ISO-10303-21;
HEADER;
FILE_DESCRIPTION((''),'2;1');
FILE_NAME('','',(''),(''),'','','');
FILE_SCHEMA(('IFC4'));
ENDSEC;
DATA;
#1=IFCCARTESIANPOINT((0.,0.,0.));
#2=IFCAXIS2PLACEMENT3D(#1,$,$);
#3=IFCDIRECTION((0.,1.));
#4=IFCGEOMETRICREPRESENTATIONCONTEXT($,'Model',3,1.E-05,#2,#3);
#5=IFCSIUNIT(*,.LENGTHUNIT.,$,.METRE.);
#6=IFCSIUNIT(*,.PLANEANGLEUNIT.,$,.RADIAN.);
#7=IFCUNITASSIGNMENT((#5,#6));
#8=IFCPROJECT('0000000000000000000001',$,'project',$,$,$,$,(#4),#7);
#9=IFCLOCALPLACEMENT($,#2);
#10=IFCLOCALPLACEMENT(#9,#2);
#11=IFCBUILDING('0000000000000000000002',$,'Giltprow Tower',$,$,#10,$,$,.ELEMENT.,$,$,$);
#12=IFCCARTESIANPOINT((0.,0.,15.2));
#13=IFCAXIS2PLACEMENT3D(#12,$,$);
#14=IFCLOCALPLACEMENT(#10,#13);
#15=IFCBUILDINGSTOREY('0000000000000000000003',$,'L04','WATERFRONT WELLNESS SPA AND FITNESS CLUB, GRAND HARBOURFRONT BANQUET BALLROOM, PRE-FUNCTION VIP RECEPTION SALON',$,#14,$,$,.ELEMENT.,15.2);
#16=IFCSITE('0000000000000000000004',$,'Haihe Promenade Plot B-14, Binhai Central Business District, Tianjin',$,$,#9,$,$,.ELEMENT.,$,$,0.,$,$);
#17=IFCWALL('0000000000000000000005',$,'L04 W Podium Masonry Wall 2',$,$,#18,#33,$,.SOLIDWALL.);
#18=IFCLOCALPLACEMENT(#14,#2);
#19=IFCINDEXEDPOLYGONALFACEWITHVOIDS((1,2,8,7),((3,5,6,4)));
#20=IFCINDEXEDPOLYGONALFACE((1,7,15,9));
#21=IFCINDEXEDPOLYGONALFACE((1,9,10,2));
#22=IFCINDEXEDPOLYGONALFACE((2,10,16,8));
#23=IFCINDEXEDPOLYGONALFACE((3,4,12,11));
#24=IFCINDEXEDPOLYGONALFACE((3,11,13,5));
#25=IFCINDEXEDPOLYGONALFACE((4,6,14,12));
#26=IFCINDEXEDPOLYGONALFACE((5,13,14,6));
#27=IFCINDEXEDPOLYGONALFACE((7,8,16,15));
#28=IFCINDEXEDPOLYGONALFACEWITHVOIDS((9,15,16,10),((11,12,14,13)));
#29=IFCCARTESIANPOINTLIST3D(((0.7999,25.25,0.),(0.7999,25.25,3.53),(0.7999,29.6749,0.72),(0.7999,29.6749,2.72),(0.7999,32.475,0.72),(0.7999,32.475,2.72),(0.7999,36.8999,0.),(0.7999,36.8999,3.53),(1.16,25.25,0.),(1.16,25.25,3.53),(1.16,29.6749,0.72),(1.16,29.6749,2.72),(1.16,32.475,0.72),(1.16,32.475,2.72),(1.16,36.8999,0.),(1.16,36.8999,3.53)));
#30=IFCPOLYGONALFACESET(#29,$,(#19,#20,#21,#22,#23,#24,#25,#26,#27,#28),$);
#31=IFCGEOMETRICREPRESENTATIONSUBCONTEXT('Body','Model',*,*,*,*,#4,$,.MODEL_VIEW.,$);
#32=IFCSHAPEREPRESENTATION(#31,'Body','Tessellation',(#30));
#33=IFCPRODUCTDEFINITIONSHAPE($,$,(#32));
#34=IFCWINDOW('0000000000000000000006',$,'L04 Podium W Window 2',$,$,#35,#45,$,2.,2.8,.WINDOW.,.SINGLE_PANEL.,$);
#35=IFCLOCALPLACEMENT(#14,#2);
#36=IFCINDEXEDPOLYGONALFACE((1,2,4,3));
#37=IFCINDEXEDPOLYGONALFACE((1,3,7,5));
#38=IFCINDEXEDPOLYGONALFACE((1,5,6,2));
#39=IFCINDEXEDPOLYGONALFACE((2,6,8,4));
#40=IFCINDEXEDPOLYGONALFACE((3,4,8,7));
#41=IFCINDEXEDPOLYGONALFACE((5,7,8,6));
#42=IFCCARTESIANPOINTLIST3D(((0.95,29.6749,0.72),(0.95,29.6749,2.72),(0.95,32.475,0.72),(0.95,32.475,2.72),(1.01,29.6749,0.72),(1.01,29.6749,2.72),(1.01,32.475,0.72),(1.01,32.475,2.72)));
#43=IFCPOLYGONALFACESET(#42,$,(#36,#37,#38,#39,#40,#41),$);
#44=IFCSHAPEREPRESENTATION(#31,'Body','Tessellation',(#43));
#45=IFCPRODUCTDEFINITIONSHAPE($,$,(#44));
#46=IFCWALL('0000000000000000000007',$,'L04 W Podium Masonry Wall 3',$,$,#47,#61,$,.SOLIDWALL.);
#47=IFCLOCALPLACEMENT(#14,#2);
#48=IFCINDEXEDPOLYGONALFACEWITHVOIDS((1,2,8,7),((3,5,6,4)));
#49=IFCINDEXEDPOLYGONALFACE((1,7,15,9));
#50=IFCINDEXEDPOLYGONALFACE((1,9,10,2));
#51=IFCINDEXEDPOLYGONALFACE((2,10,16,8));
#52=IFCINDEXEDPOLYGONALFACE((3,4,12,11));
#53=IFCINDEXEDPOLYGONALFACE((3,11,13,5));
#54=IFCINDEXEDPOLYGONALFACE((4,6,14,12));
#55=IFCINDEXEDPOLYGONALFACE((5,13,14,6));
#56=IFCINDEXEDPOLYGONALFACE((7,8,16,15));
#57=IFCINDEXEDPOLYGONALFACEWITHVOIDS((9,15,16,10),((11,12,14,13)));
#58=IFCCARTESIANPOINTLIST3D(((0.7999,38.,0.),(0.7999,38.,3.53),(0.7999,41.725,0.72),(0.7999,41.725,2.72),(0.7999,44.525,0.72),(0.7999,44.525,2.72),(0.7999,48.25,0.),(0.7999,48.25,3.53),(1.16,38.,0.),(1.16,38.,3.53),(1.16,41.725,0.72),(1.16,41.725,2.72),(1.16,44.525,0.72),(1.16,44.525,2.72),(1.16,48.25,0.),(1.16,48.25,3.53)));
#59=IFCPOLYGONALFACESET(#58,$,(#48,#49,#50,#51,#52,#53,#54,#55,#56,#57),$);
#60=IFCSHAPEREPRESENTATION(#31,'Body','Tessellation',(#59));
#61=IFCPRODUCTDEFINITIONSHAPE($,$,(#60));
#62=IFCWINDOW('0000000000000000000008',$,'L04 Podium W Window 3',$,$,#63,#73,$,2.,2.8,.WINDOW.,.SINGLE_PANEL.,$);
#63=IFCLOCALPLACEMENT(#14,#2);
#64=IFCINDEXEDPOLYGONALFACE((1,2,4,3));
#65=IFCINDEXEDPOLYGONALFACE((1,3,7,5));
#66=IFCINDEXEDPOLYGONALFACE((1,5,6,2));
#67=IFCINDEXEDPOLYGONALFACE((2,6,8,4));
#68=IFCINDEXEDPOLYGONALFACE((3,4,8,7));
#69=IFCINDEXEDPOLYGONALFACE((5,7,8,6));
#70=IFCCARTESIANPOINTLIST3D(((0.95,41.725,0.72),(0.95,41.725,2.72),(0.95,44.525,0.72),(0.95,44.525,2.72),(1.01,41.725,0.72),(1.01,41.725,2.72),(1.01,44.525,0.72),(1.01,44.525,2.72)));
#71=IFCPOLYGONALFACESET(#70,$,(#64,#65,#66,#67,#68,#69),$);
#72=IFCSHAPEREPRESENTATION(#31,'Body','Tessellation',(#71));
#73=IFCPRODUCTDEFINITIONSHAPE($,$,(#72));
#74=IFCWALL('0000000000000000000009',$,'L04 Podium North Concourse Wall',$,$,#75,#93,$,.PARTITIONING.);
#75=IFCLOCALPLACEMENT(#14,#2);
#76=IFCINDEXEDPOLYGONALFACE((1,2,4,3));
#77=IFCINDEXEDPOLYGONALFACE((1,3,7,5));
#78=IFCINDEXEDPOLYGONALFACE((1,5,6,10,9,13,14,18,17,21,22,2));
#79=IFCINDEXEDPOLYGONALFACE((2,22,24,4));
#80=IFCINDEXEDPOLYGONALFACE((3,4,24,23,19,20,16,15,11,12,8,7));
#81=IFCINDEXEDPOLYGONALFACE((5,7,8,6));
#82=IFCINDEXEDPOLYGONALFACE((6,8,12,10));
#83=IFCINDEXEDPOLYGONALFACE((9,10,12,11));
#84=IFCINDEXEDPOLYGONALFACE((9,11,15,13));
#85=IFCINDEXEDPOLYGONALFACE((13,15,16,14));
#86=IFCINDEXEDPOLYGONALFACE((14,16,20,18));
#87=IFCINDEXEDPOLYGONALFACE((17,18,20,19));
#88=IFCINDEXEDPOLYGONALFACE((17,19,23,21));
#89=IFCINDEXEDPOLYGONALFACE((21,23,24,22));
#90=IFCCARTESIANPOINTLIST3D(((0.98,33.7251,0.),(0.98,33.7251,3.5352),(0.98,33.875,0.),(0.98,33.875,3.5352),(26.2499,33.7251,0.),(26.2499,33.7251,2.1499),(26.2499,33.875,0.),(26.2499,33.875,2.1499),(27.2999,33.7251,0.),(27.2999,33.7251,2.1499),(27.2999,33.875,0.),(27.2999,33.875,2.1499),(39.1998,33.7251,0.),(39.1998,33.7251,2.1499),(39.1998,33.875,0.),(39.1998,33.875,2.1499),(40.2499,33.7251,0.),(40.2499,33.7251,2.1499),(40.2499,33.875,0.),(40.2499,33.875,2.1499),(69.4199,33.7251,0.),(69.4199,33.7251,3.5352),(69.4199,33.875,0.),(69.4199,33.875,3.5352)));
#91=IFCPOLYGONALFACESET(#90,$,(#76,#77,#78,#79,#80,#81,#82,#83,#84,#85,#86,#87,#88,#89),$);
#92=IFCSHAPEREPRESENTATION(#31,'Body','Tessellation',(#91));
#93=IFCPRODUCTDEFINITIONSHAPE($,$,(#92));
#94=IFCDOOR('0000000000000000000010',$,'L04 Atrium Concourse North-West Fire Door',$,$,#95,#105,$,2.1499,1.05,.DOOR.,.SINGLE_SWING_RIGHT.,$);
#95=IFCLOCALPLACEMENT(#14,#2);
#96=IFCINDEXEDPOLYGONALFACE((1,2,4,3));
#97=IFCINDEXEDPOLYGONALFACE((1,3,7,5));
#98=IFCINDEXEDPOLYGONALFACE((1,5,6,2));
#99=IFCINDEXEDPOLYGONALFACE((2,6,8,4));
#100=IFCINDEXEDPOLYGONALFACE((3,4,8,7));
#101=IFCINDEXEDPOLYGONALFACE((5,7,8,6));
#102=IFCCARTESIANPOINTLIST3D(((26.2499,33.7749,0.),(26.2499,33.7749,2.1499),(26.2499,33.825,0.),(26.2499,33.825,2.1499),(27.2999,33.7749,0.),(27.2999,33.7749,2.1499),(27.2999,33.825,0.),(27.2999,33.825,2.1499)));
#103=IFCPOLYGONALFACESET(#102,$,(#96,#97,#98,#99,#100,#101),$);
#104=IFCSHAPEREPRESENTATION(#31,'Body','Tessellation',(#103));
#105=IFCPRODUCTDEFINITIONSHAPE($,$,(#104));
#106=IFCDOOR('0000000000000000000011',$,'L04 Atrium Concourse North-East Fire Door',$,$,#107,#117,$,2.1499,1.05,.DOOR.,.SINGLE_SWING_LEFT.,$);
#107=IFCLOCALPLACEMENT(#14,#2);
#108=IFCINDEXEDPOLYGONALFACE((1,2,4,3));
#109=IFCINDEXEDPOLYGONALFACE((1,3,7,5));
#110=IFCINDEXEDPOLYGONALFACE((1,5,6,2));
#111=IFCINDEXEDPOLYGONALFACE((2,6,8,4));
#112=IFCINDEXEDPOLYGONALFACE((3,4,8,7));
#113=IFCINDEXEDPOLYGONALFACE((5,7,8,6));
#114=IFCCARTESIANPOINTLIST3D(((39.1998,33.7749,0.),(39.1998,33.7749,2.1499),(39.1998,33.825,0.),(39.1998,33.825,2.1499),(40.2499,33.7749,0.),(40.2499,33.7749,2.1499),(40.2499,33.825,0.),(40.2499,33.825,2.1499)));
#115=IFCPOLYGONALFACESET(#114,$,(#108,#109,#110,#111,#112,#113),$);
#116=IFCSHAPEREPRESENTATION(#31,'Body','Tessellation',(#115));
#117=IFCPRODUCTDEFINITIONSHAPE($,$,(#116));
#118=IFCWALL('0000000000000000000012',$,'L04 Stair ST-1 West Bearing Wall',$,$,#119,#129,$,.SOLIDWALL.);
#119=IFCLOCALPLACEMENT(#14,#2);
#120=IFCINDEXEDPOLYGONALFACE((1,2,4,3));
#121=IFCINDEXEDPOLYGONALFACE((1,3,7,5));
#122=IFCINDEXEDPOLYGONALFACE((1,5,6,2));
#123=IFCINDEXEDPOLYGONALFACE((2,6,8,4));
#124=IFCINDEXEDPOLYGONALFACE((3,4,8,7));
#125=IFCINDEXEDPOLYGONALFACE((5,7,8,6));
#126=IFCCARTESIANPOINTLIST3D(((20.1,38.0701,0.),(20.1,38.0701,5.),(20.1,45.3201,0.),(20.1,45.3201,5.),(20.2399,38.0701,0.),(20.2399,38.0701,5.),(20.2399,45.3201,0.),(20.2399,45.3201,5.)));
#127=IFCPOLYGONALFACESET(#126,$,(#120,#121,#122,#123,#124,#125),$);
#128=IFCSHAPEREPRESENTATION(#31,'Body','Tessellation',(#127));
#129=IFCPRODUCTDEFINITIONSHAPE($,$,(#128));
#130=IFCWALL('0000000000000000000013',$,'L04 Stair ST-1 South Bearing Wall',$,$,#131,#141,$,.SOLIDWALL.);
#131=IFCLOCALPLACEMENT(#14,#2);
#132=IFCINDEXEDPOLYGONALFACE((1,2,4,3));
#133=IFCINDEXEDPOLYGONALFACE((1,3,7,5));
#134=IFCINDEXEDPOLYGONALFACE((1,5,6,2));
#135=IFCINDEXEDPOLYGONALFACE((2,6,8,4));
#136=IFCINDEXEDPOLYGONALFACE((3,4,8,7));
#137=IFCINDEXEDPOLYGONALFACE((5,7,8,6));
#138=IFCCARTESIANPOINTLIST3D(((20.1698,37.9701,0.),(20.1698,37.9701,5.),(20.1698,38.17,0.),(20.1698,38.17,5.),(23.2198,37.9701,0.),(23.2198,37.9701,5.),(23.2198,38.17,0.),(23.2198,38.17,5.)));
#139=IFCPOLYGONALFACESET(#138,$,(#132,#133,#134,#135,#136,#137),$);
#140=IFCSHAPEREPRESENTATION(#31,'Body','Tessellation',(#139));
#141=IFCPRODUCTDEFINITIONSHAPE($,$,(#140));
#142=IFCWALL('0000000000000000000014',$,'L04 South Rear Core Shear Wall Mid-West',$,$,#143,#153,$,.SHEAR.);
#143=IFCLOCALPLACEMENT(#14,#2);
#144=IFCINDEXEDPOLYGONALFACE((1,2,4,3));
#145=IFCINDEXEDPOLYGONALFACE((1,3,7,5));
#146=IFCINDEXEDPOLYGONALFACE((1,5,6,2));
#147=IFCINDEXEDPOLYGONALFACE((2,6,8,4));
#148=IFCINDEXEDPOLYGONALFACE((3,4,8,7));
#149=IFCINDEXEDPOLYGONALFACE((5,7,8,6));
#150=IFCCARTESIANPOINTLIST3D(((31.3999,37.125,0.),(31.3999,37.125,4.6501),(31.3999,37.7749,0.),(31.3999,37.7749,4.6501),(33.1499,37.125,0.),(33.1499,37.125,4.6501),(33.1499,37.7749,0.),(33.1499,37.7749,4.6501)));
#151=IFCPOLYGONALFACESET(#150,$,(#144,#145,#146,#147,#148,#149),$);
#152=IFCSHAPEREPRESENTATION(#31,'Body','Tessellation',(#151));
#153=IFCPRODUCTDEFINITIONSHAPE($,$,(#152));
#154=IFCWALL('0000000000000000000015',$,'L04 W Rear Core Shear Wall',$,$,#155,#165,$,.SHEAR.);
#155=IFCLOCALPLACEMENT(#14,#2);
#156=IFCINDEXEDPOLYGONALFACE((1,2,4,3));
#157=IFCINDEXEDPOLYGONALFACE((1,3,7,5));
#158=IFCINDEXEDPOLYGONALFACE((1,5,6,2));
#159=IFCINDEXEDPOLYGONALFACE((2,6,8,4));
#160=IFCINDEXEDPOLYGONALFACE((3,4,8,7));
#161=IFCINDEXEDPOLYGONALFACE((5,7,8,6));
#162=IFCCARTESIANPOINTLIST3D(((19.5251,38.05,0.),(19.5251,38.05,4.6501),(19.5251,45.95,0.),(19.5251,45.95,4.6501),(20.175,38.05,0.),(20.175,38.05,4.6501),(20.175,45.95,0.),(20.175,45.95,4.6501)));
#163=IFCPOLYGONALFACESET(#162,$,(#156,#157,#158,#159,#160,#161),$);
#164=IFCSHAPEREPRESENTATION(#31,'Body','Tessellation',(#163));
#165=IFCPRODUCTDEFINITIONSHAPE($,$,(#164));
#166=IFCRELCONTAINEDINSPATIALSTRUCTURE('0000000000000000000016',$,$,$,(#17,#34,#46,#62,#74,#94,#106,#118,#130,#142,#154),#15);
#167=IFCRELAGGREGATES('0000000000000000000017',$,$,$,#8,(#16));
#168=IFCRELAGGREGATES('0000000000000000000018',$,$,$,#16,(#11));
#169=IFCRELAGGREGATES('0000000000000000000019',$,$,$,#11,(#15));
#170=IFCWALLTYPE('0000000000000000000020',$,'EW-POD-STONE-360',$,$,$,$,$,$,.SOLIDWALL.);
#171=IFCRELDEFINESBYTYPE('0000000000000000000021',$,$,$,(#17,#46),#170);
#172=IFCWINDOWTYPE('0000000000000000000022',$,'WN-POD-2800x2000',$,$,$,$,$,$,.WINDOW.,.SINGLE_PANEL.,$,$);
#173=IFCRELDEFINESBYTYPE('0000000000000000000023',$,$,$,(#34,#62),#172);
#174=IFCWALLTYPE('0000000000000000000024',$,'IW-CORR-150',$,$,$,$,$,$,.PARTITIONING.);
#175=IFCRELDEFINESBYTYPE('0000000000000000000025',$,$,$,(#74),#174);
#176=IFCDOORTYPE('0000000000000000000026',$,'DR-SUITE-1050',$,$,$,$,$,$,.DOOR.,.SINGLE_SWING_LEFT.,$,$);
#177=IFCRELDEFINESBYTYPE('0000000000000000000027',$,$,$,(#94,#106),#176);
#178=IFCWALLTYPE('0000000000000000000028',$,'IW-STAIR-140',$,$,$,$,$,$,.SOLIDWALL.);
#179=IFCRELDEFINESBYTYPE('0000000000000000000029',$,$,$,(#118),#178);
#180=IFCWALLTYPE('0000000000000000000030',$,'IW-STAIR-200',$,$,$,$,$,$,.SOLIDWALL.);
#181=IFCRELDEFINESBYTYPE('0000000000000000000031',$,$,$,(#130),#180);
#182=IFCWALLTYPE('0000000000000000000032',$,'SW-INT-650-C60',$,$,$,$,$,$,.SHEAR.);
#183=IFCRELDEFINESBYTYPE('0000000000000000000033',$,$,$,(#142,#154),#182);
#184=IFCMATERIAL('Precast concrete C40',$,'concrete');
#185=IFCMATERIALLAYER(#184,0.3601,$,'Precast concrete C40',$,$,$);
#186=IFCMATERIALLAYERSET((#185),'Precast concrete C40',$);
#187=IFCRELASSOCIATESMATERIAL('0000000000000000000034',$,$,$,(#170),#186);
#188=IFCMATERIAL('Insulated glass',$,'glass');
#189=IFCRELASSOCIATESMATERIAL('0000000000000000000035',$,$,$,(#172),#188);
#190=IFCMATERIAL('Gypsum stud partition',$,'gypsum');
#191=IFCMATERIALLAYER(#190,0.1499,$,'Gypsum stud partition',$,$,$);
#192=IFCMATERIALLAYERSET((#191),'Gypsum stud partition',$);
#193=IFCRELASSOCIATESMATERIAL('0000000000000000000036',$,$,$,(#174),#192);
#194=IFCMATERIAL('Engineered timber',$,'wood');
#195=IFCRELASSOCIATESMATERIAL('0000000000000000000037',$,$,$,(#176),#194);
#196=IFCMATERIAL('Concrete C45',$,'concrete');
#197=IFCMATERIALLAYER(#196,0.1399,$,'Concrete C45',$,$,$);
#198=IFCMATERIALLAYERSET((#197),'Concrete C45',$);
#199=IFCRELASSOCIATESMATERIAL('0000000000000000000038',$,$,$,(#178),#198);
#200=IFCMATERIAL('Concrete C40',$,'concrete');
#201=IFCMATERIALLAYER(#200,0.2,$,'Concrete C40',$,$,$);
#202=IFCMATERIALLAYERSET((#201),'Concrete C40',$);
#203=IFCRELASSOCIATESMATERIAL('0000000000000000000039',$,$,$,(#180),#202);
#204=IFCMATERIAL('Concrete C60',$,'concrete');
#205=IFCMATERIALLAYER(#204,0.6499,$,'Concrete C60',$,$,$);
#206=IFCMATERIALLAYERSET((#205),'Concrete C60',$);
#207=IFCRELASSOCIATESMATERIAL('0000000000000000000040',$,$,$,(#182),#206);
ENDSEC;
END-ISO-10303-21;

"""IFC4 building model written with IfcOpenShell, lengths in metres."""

from ifc_helpers import new_model, si_unit, direction, frame, frame_2d, origin, place, context, subcontext, project, spatial, rectangle, extrude, source, transform, mapped, material, layer, layer_set, type_object, element, fill, save


model = new_model("IFC4")

# Units and contexts
model_context = context("Model", 3, precision=1e-05, world=origin(), true_north=direction((0.0, 1.0)))
body_context = subcontext(model_context, "Body", "Model", "MODEL_VIEW")
ifc_project = project(units=[si_unit("LENGTHUNIT", "METRE"), si_unit("PLANEANGLEUNIT", "RADIAN")], contexts=[model_context])

# Site, building, storey
site_placement = place(None, origin())
site = spatial("IfcSite", under=ifc_project, at=site_placement, Name="Haihe Promenade Plot B-14, Binhai Central Business District, Tianjin", CompositionType="ELEMENT", RefElevation=0.0)
building_placement = place(site_placement, origin())
building = spatial("IfcBuilding", under=site, at=building_placement, Name="Giltprow Tower", CompositionType="ELEMENT")
storey_placement = place(building_placement, frame((0.0, 0.0, 15.2)))
storey = spatial("IfcBuildingStorey", under=building, at=storey_placement, Name="L04", Description="WATERFRONT WELLNESS SPA AND FITNESS CLUB, GRAND HARBOURFRONT BANQUET BALLROOM, PRE-FUNCTION VIP RECEPTION SALON", CompositionType="ELEMENT", Elevation=15.2)

# Shared definitions
ifc_material_1 = material(Name="Concrete C60", Category="concrete")

# Walls, openings, windows
ifc_material_2 = material(Name="Precast concrete C40", Category="concrete")
ifc_layer_1 = layer(ifc_material_2, 0.3601, Name="Precast concrete C40")
ifc_layer_set_1 = layer_set([ifc_layer_1], Name="Precast concrete C40")
wall_type_1 = type_object("IfcWallType", Name="EW-POD-STONE-360", PredefinedType="SOLIDWALL", material=ifc_layer_set_1)
wall_1_placement = place(storey_placement, frame((0.98, 25.25, 0.0), z_axis=(0.0, 0.0, 1.0), x_axis=(0.0, 1.0, 0.0)))
wall_1 = element("IfcWall", 1, at=wall_1_placement, inside=storey, type_object=wall_type_1, Name="L04 W Podium Masonry Wall 2", PredefinedType="SOLIDWALL", context=body_context, shape_type="SweptSolid", body=[
    extrude(rectangle(XDim=11.6499, YDim=0.3601, at=frame_2d((5.825, 0.0))), origin(), (0.0, 0.0, 1.0), 3.53),
])
opening_1_placement = place(wall_1_placement, frame((4.425, 0.0, 0.72)))
opening_1 = element("IfcOpeningElement", 2, at=opening_1_placement, cuts=wall_1, PredefinedType="OPENING", context=body_context, shape_type="SweptSolid", body=[
    extrude(rectangle(XDim=2.8, YDim=2.0, at=frame_2d((1.3999, 1.0))), frame((0.0, 0.1899, 0.0), z_axis=(0.0, -1.0, 0.0), x_axis=(1.0, 0.0, 0.0)), (0.0, 0.0, 1.0), 0.3801),
])
ifc_material_3 = material(Name="Insulated glass", Category="glass")
window_type = type_object("IfcWindowType", Name="WN-POD-2800x2000", PartitioningType="SINGLE_PANEL", PredefinedType="WINDOW", material=ifc_material_3)
shared_shape_1 = source(origin(), body_context, "Body", "SweptSolid", [
    extrude(rectangle(XDim=2.8, YDim=2.0, at=frame_2d((1.3999, 1.0))), frame((0.0, 0.03, 0.0), z_axis=(0.0, -1.0, 0.0), x_axis=(1.0, 0.0, 0.0)), (0.0, 0.0, 1.0), 0.0601),
])
window_1_placement = place(opening_1_placement, origin())
window_1 = element("IfcWindow", 3, at=window_1_placement, inside=storey, type_object=window_type, Name="L04 Podium W Window 2", OverallHeight=2.0, OverallWidth=2.8, PartitioningType="SINGLE_PANEL", PredefinedType="WINDOW", context=body_context, shape_type="MappedRepresentation", body=[
    mapped(shared_shape_1, transform((0.0, 0.0, 0.0), x_axis=(1.0, 0.0, 0.0), y_axis=(0.0, 1.0, 0.0), z_axis=(0.0, 0.0, 1.0), scale=1.0)),
])
fill(opening_1, window_1)
wall_2_placement = place(storey_placement, frame((0.98, 38.0, 0.0), z_axis=(0.0, 0.0, 1.0), x_axis=(0.0, 1.0, 0.0)))
wall_2 = element("IfcWall", 4, at=wall_2_placement, inside=storey, type_object=wall_type_1, Name="L04 W Podium Masonry Wall 3", PredefinedType="SOLIDWALL", context=body_context, shape_type="SweptSolid", body=[
    extrude(rectangle(XDim=10.25, YDim=0.3601, at=frame_2d((5.125, 0.0))), origin(), (0.0, 0.0, 1.0), 3.53),
])
opening_2_placement = place(wall_2_placement, frame((3.7251, 0.0, 0.72)))
opening_2 = element("IfcOpeningElement", 5, at=opening_2_placement, cuts=wall_2, PredefinedType="OPENING", context=body_context, shape_type="SweptSolid", body=[
    extrude(rectangle(XDim=2.8, YDim=2.0, at=frame_2d((1.3999, 1.0))), frame((0.0, 0.1899, 0.0), z_axis=(0.0, -1.0, 0.0), x_axis=(1.0, 0.0, 0.0)), (0.0, 0.0, 1.0), 0.3801),
])
window_2_placement = place(opening_2_placement, origin())
window_2 = element("IfcWindow", 6, at=window_2_placement, inside=storey, type_object=window_type, Name="L04 Podium W Window 3", OverallHeight=2.0, OverallWidth=2.8, PartitioningType="SINGLE_PANEL", PredefinedType="WINDOW", context=body_context, shape_type="MappedRepresentation", body=[
    mapped(shared_shape_1, transform((0.0, 0.0, 0.0), x_axis=(1.0, 0.0, 0.0), y_axis=(0.0, 1.0, 0.0), z_axis=(0.0, 0.0, 1.0), scale=1.0)),
])
fill(opening_2, window_2)

# Wall, openings, doors
ifc_material_4 = material(Name="Gypsum stud partition", Category="gypsum")
ifc_layer_2 = layer(ifc_material_4, 0.1499, Name="Gypsum stud partition")
ifc_layer_set_2 = layer_set([ifc_layer_2], Name="Gypsum stud partition")
wall_type_2 = type_object("IfcWallType", Name="IW-CORR-150", PredefinedType="PARTITIONING", material=ifc_layer_set_2)
wall_3_placement = place(storey_placement, frame((0.98, 33.8, 0.0), z_axis=(0.0, 0.0, 1.0), x_axis=(1.0, 0.0, 0.0)))
wall_3 = element("IfcWall", 7, at=wall_3_placement, inside=storey, type_object=wall_type_2, Name="L04 Podium North Concourse Wall", PredefinedType="PARTITIONING", context=body_context, shape_type="SweptSolid", body=[
    extrude(rectangle(XDim=68.4399, YDim=0.1499, at=frame_2d((34.22, 0.0))), origin(), (0.0, 0.0, 1.0), 3.5352),
])
opening_3_placement = place(wall_3_placement, frame((25.27, 0.0, 0.0)))
opening_3 = element("IfcOpeningElement", 8, at=opening_3_placement, cuts=wall_3, PredefinedType="OPENING", context=body_context, shape_type="SweptSolid", body=[
    extrude(rectangle(XDim=1.05, YDim=2.1499, at=frame_2d((0.5249, 1.075))), frame((0.0, 0.085, 0.0), z_axis=(0.0, -1.0, 0.0), x_axis=(1.0, 0.0, 0.0)), (0.0, 0.0, 1.0), 0.1699),
])
opening_4_placement = place(wall_3_placement, frame((38.22, 0.0, 0.0)))
opening_4 = element("IfcOpeningElement", 9, at=opening_4_placement, cuts=wall_3, PredefinedType="OPENING", context=body_context, shape_type="SweptSolid", body=[
    extrude(rectangle(XDim=1.05, YDim=2.1499, at=frame_2d((0.5249, 1.075))), frame((0.0, 0.085, 0.0), z_axis=(0.0, -1.0, 0.0), x_axis=(1.0, 0.0, 0.0)), (0.0, 0.0, 1.0), 0.1699),
])
ifc_material_5 = material(Name="Engineered timber", Category="wood")
door_type_1 = type_object("IfcDoorType", Name="DR-SUITE-1050", OperationType="SINGLE_SWING_LEFT", PredefinedType="DOOR", material=ifc_material_5)
shared_shape_2 = source(origin(), body_context, "Body", "SweptSolid", [
    extrude(rectangle(XDim=1.05, YDim=2.1499, at=frame_2d((0.5249, 1.075))), frame((0.0, 0.0249, 0.0), z_axis=(0.0, -1.0, 0.0), x_axis=(1.0, 0.0, 0.0)), (0.0, 0.0, 1.0), 0.05),
])
door_1_placement = place(opening_3_placement, origin())
door_1 = element("IfcDoor", 10, at=door_1_placement, inside=storey, type_object=door_type_1, Name="L04 Atrium Concourse North-West Fire Door", OperationType="SINGLE_SWING_RIGHT", OverallHeight=2.1499, OverallWidth=1.05, PredefinedType="DOOR", context=body_context, shape_type="MappedRepresentation", body=[
    mapped(shared_shape_2, transform((0.0, 0.0, 0.0), x_axis=(1.0, 0.0, 0.0), y_axis=(0.0, 1.0, 0.0), z_axis=(0.0, 0.0, 1.0), scale=1.0)),
])
fill(opening_3, door_1)
door_2_placement = place(opening_4_placement, origin())
door_2 = element("IfcDoor", 11, at=door_2_placement, inside=storey, type_object=door_type_1, Name="L04 Atrium Concourse North-East Fire Door", OperationType="SINGLE_SWING_LEFT", OverallHeight=2.1499, OverallWidth=1.05, PredefinedType="DOOR", context=body_context, shape_type="MappedRepresentation", body=[
    mapped(shared_shape_2, transform((0.0, 0.0, 0.0), x_axis=(1.0, 0.0, 0.0), y_axis=(0.0, 1.0, 0.0), z_axis=(0.0, 0.0, 1.0), scale=1.0)),
])
fill(opening_4, door_2)

# Walls
ifc_material_6 = material(Name="Concrete C45", Category="concrete")
ifc_layer_3 = layer(ifc_material_6, 0.1399, Name="Concrete C45")
ifc_layer_set_3 = layer_set([ifc_layer_3], Name="Concrete C45")
wall_type_3 = type_object("IfcWallType", Name="IW-STAIR-140", PredefinedType="SOLIDWALL", material=ifc_layer_set_3)
wall_4_placement = place(storey_placement, frame((20.1699, 38.0701, 0.0), z_axis=(0.0, 0.0, 1.0), x_axis=(0.0, 1.0, 0.0)))
element("IfcWall", 12, at=wall_4_placement, inside=storey, type_object=wall_type_3, Name="L04 Stair ST-1 West Bearing Wall", PredefinedType="SOLIDWALL", context=body_context, shape_type="SweptSolid", body=[
    extrude(rectangle(XDim=7.25, YDim=0.1399, at=frame_2d((3.625, 0.0))), origin(), (0.0, 0.0, 1.0), 5.0),
])
ifc_material_7 = material(Name="Concrete C40", Category="concrete")
ifc_layer_4 = layer(ifc_material_7, 0.2, Name="Concrete C40")
ifc_layer_set_4 = layer_set([ifc_layer_4], Name="Concrete C40")
wall_type_4 = type_object("IfcWallType", Name="IW-STAIR-200", PredefinedType="SOLIDWALL", material=ifc_layer_set_4)
wall_5_placement = place(storey_placement, frame((20.1699, 38.0701, 0.0), z_axis=(0.0, 0.0, 1.0), x_axis=(1.0, 0.0, 0.0)))
element("IfcWall", 13, at=wall_5_placement, inside=storey, type_object=wall_type_4, Name="L04 Stair ST-1 South Bearing Wall", PredefinedType="SOLIDWALL", context=body_context, shape_type="SweptSolid", body=[
    extrude(rectangle(XDim=3.05, YDim=0.2, at=frame_2d((1.5249, 0.0))), origin(), (0.0, 0.0, 1.0), 5.0),
])

# Shared definitions
ifc_layer_5 = layer(ifc_material_1, 0.6499, Name="Concrete C60")
ifc_layer_set_5 = layer_set([ifc_layer_5], Name="Concrete C60")
wall_type_5 = type_object("IfcWallType", Name="SW-INT-650-C60", PredefinedType="SHEAR", material=ifc_layer_set_5)

# Walls
wall_6_placement = place(storey_placement, frame((31.3999, 37.45, 0.0), z_axis=(0.0, 0.0, 1.0), x_axis=(1.0, 0.0, 0.0)))
element("IfcWall", 14, at=wall_6_placement, inside=storey, type_object=wall_type_5, Name="L04 South Rear Core Shear Wall Mid-West", PredefinedType="SHEAR", context=body_context, shape_type="SweptSolid", body=[
    extrude(rectangle(XDim=1.75, YDim=0.6499, at=frame_2d((0.875, 0.0))), origin(), (0.0, 0.0, 1.0), 4.6501),
])
wall_7_placement = place(storey_placement, frame((19.8501, 38.05, 0.0), z_axis=(0.0, 0.0, 1.0), x_axis=(0.0, 1.0, 0.0)))
element("IfcWall", 15, at=wall_7_placement, inside=storey, type_object=wall_type_5, Name="L04 W Rear Core Shear Wall", PredefinedType="SHEAR", context=body_context, shape_type="SweptSolid", body=[
    extrude(rectangle(XDim=7.8999, YDim=0.6499, at=frame_2d((3.95, 0.0))), origin(), (0.0, 0.0, 1.0), 4.6501),
])

save(model, "model.ifc")
